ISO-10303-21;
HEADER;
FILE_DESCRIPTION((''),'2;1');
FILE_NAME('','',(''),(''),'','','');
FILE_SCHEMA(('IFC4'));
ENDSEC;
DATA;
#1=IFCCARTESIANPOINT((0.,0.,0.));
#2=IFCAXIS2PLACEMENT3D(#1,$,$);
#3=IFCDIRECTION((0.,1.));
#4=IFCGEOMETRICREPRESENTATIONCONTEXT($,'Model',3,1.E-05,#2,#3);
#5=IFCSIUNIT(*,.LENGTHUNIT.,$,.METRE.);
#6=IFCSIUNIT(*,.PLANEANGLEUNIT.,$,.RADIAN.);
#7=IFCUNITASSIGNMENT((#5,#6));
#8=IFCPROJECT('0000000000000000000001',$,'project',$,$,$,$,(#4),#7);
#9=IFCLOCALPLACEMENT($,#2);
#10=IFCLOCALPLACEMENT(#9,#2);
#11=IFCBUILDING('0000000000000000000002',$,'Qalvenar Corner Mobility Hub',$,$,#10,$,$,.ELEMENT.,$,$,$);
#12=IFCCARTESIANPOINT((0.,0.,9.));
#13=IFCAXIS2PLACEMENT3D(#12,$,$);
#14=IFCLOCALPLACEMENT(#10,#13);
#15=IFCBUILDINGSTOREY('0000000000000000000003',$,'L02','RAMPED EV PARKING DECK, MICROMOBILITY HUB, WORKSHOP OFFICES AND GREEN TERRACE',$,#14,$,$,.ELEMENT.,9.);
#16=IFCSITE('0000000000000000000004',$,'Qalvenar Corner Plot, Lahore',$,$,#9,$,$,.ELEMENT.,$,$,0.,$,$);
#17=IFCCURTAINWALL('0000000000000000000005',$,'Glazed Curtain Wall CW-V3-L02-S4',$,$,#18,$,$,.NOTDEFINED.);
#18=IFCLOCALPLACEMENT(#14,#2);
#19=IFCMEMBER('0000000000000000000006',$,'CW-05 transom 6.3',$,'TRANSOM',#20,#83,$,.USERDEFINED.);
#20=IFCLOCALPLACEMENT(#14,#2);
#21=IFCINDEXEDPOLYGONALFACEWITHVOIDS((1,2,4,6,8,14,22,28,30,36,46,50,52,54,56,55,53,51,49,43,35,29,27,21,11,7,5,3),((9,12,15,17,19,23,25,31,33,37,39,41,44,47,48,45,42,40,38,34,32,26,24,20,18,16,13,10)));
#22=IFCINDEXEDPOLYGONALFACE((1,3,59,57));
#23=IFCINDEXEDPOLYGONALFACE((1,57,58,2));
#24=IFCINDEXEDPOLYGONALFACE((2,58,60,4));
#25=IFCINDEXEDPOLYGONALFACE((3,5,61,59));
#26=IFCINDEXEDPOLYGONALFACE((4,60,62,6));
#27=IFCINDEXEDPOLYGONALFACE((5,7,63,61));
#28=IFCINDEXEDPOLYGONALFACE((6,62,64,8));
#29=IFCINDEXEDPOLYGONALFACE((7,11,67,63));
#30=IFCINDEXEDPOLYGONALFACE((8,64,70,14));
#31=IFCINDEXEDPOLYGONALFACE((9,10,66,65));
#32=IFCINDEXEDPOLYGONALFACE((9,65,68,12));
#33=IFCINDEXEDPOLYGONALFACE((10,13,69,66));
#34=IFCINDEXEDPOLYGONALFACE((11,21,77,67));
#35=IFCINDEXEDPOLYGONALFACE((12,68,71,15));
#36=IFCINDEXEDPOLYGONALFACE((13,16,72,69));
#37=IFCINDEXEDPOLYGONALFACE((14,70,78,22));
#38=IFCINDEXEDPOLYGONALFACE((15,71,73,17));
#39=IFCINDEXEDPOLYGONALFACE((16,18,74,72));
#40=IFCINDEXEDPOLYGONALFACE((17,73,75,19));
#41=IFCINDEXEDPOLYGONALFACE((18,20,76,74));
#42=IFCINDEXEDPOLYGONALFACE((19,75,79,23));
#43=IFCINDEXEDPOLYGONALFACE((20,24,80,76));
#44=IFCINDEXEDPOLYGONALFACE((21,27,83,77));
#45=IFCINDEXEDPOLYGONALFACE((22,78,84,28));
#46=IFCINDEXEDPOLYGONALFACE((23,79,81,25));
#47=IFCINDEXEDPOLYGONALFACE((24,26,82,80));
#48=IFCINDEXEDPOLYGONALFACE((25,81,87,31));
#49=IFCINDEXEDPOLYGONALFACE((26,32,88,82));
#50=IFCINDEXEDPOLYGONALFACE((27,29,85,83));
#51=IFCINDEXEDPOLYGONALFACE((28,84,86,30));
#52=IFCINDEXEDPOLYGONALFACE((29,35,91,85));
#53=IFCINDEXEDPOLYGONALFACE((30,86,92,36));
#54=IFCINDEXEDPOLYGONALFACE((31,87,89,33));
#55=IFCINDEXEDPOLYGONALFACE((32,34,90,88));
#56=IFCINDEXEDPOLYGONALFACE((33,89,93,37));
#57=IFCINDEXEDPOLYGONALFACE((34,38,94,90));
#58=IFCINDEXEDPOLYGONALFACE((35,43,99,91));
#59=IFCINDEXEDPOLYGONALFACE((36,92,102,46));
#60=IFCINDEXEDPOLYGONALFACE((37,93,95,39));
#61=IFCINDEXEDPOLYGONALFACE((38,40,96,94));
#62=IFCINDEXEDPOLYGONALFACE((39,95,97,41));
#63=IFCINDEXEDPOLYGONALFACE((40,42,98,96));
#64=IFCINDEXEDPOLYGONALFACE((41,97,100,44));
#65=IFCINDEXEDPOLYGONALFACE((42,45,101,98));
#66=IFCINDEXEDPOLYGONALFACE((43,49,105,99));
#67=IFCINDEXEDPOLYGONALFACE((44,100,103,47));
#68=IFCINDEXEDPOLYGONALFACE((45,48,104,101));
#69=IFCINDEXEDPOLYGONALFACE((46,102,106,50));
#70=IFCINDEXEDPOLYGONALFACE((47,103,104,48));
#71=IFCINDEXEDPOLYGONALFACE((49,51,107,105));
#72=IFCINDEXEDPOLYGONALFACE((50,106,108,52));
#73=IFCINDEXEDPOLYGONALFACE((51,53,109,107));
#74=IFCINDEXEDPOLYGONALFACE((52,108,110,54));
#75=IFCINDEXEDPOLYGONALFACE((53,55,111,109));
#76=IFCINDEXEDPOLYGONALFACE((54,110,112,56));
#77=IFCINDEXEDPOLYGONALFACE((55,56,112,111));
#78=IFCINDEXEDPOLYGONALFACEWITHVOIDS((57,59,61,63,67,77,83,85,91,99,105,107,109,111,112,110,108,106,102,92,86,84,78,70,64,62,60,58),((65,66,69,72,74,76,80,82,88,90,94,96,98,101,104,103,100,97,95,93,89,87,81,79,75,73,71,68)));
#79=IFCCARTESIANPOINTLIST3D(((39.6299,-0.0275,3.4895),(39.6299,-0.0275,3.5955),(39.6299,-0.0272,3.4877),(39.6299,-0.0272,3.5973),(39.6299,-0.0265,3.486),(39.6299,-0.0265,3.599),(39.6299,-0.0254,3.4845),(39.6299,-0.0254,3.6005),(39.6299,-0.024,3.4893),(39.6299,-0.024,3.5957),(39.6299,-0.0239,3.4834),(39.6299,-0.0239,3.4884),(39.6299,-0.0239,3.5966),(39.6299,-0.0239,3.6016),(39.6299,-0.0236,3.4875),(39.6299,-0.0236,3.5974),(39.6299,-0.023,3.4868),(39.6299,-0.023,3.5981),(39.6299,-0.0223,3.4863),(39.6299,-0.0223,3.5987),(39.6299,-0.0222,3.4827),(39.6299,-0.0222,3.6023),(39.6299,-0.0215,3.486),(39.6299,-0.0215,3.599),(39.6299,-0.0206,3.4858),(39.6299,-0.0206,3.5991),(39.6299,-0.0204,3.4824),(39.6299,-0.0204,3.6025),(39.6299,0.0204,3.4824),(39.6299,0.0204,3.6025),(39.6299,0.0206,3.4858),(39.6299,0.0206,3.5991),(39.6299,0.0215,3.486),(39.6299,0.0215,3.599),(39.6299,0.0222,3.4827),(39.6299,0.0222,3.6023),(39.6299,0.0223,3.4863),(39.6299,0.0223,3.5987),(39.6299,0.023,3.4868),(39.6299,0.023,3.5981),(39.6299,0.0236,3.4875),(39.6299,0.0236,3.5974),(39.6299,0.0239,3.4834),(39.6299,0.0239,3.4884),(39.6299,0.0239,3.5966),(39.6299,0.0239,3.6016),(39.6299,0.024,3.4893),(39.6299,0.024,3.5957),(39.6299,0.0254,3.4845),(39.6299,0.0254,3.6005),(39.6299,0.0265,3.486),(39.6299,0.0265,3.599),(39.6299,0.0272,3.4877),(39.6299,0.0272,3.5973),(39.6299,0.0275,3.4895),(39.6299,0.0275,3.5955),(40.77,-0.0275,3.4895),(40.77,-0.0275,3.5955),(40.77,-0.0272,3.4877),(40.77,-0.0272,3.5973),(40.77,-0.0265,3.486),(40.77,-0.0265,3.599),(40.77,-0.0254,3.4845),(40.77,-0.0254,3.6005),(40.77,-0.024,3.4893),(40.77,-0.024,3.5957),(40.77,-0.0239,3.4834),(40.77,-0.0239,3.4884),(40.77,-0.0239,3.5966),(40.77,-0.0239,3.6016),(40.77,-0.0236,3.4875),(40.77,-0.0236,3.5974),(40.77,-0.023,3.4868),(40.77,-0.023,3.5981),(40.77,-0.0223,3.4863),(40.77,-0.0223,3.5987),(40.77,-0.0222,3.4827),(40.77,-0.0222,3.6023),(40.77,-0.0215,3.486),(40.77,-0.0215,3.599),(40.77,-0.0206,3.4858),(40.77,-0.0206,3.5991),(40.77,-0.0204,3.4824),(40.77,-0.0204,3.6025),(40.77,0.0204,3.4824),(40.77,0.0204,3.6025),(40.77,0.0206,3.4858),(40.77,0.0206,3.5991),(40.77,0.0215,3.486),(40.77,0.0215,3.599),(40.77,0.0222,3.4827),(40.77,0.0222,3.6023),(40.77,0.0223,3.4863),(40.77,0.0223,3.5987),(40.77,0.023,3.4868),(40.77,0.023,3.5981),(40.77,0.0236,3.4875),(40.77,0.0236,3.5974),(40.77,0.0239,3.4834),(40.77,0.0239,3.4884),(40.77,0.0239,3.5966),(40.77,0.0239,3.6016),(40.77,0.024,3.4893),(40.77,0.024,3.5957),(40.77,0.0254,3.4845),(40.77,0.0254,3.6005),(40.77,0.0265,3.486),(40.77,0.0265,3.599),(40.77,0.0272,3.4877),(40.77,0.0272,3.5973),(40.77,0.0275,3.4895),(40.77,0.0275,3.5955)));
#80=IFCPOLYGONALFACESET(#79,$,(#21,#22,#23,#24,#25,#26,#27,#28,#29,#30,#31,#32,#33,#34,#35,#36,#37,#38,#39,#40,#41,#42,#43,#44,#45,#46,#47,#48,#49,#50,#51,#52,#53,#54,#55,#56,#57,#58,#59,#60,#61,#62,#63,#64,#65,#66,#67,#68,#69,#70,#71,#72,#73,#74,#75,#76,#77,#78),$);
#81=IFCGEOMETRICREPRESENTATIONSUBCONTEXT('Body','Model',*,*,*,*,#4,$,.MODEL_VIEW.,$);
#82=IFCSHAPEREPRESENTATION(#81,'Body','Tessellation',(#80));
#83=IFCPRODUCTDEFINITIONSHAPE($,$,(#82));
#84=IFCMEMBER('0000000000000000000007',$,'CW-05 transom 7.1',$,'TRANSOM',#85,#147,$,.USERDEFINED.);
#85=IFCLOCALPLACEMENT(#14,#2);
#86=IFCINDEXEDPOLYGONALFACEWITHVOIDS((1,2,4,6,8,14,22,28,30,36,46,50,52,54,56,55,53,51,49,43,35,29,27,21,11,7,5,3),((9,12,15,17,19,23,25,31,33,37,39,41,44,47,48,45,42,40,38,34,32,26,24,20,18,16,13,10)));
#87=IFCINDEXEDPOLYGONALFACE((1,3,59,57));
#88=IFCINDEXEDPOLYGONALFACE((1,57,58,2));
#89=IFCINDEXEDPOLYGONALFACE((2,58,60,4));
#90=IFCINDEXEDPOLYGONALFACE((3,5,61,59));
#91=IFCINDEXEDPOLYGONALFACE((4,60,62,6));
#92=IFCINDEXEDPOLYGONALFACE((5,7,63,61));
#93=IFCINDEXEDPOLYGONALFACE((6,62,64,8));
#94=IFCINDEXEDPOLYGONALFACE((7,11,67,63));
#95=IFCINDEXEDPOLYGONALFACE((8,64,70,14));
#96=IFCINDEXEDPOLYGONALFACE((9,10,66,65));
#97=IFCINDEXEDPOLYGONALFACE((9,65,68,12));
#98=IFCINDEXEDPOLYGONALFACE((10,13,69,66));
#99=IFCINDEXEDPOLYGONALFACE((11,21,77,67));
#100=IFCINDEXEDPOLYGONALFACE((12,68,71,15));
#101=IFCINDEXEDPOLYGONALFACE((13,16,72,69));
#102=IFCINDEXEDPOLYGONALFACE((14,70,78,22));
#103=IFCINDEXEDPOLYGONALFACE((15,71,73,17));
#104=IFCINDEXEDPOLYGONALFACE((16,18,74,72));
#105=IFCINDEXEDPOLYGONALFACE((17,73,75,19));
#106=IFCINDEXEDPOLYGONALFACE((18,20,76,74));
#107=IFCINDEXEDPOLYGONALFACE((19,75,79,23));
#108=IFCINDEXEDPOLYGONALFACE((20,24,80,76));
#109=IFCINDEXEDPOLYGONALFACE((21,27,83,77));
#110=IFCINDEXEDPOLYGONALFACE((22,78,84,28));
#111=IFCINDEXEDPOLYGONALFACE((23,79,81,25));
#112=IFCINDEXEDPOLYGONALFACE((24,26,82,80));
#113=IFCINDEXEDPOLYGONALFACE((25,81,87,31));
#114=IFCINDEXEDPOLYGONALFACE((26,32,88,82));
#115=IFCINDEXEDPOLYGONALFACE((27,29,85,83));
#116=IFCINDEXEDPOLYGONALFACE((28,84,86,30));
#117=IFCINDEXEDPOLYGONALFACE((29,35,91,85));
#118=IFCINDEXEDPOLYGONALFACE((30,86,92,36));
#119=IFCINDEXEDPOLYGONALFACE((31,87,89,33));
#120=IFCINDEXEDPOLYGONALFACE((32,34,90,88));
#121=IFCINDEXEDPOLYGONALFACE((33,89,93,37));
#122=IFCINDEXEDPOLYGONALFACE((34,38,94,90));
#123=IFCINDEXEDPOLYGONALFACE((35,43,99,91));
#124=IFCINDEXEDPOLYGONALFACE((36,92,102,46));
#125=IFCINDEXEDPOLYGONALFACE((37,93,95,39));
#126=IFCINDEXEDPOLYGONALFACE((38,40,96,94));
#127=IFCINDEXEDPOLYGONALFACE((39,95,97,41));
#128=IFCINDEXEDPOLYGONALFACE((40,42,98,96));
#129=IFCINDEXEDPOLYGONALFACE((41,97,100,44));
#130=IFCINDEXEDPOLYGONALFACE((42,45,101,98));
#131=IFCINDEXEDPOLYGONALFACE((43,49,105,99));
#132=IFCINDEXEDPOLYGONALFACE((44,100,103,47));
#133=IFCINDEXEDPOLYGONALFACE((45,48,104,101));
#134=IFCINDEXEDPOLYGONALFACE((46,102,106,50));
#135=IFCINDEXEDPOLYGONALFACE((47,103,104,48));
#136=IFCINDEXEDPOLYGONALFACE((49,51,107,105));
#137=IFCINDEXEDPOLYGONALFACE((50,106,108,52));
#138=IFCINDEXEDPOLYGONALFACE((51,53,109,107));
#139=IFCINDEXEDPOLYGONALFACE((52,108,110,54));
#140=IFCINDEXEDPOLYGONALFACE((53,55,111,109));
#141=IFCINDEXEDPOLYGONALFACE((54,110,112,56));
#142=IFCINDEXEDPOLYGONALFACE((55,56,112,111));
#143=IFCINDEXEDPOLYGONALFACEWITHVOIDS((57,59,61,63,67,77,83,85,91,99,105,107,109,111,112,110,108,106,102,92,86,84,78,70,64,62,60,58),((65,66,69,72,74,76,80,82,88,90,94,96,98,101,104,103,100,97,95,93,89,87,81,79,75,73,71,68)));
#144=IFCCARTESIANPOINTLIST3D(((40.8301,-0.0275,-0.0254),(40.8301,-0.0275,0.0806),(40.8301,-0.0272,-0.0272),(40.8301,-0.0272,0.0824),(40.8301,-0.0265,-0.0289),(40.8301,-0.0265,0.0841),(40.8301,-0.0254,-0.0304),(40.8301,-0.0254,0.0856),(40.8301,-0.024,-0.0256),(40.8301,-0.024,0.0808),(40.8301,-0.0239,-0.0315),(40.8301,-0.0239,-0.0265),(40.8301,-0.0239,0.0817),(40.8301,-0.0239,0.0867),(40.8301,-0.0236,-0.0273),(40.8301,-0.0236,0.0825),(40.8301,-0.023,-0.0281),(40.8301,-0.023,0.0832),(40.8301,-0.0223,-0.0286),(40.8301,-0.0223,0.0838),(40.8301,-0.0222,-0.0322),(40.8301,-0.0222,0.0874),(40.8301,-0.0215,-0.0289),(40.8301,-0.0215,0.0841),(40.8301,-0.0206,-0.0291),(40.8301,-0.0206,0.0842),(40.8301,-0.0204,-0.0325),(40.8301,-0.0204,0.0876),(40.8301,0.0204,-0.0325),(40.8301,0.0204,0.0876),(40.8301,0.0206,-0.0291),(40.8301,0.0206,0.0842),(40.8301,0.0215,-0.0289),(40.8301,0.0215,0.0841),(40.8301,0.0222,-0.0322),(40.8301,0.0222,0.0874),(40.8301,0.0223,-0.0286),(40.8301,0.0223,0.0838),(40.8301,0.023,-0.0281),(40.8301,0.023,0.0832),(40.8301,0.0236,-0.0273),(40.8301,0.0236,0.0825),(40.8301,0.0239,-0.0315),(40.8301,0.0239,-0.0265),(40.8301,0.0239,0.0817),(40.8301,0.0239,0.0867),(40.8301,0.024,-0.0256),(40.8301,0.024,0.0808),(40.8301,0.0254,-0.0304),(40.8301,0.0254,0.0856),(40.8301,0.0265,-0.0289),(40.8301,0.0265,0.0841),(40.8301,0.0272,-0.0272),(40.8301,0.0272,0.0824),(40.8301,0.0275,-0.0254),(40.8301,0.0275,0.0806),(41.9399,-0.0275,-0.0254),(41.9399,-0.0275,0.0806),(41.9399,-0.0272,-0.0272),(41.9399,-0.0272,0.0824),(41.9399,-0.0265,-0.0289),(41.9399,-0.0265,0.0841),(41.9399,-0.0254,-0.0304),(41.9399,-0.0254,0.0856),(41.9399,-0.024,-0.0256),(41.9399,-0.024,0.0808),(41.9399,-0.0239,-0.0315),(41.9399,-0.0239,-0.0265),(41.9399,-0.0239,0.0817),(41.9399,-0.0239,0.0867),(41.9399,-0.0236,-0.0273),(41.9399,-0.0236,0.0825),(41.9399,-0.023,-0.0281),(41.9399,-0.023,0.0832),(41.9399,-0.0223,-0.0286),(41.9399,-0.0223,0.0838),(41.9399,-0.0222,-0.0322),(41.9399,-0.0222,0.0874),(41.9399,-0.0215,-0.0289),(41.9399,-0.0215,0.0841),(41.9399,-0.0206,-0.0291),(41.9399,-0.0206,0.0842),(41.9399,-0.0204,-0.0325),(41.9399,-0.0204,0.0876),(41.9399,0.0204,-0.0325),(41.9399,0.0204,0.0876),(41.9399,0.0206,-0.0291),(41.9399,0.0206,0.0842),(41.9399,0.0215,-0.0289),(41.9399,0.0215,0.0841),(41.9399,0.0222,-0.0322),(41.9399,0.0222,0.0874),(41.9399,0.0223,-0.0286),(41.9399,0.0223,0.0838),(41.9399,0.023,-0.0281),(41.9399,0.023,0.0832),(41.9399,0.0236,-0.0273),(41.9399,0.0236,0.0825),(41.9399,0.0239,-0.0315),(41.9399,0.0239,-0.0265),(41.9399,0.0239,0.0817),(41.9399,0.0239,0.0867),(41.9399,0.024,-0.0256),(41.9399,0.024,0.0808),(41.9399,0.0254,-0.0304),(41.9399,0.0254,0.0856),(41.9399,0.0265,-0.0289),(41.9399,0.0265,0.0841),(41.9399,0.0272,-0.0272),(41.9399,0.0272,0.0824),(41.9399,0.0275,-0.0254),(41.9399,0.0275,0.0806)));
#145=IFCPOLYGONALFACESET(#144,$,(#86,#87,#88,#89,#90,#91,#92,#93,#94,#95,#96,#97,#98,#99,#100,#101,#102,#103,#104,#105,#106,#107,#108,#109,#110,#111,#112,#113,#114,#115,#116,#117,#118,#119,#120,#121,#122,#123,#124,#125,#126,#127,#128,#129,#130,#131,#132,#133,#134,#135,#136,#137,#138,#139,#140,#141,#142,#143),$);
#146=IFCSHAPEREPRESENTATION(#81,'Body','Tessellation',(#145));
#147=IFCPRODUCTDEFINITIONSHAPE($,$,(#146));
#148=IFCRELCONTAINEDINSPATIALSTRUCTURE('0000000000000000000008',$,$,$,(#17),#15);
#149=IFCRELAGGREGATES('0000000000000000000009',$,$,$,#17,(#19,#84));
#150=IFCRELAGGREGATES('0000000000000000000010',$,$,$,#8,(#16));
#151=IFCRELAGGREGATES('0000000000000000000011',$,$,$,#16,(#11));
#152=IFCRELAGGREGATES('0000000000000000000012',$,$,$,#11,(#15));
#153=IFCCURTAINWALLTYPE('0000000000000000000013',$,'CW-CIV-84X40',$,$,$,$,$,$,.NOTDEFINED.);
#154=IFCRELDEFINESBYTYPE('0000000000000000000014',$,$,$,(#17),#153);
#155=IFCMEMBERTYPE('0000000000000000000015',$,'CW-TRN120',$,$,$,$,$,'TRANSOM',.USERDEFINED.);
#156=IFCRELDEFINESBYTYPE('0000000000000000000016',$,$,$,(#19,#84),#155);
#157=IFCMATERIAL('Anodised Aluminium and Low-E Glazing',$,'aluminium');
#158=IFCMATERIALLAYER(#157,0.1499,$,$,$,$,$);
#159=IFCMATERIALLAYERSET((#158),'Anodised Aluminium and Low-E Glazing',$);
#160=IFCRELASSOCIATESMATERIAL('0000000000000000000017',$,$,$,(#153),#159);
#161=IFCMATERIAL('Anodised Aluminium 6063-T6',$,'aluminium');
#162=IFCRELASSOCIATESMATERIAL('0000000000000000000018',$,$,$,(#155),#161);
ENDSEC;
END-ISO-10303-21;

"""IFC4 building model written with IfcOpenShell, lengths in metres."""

from ifc_helpers import new_model, si_unit, direction, frame, origin, origin_2d, place, context, subcontext, project, spatial, hollow_rectangle, extrude, material, layer, layer_set, material_profile, profile_set, type_object, element, aggregate, save


model = new_model("IFC4")

# Units and contexts
model_context = context("Model", 3, precision=1e-05, world=origin(), true_north=direction((0.0, 1.0)))
body_context = subcontext(model_context, "Body", "Model", "MODEL_VIEW")
ifc_project = project(units=[si_unit("LENGTHUNIT", "METRE"), si_unit("PLANEANGLEUNIT", "RADIAN")], contexts=[model_context])

# Site, building, storey
site_placement = place(None, origin())
site = spatial("IfcSite", under=ifc_project, at=site_placement, Name="Qalvenar Corner Plot, Lahore", CompositionType="ELEMENT", RefElevation=0.0)
building_placement = place(site_placement, origin())
building = spatial("IfcBuilding", under=site, at=building_placement, Name="Qalvenar Corner Mobility Hub", CompositionType="ELEMENT")
storey_placement = place(building_placement, frame((0.0, 0.0, 9.0)))
storey = spatial("IfcBuildingStorey", under=building, at=storey_placement, Name="L02", Description="RAMPED EV PARKING DECK, MICROMOBILITY HUB, WORKSHOP OFFICES AND GREEN TERRACE", CompositionType="ELEMENT", Elevation=9.0)

# Curtain wall, members
ifc_material_1 = material(Name="Anodised Aluminium and Low-E Glazing", Category="aluminium")
ifc_layer_1 = layer(ifc_material_1, 0.1499)
ifc_layer_set_1 = layer_set([ifc_layer_1], Name="Anodised Aluminium and Low-E Glazing")
curtain_wall_type = type_object("IfcCurtainWallType", Name="CW-CIV-84X40", PredefinedType="NOTDEFINED", material=ifc_layer_set_1)
curtain_wall_placement = place(storey_placement, origin())
curtain_wall = element("IfcCurtainWall", 1, at=curtain_wall_placement, inside=storey, type_object=curtain_wall_type, Name="Glazed Curtain Wall CW-V3-L02-S4", PredefinedType="NOTDEFINED")
ifc_material_2 = material(Name="Anodised Aluminium 6063-T6", Category="aluminium")
ifc_material_profile_1 = material_profile(ifc_material_2, hollow_rectangle(XDim=0.0549, YDim=0.1201, WallThickness=0.0034, InnerFilletRadius=0.0034, OuterFilletRadius=0.0071, at=origin_2d()), Name="RHS120x55x3.5")
ifc_profile_set_1 = profile_set([ifc_material_profile_1], Name="Anodised Aluminium 6063-T6")
member_type_1 = type_object("IfcMemberType", Name="CW-TRN120", ElementType="TRANSOM", PredefinedType="USERDEFINED", material=ifc_profile_set_1)
member_1_placement = place(storey_placement, frame((39.6299, 0.0, 3.5425), z_axis=(1.0, 0.0, 0.0), x_axis=(0.0, 1.0, 0.0)))
member_1 = element("IfcMember", 2, at=member_1_placement, type_object=member_type_1, Name="CW-05 transom 6.3", ObjectType="TRANSOM", PredefinedType="USERDEFINED", context=body_context, shape_type="SweptSolid", body=[
    extrude(hollow_rectangle(XDim=0.0549, YDim=0.1201, WallThickness=0.0034, InnerFilletRadius=0.0034, OuterFilletRadius=0.0071, at=origin_2d()), origin(), (0.0, 0.0, 1.0), 1.1401),
])
member_2_placement = place(storey_placement, frame((40.8301, 0.0, 0.0276), z_axis=(1.0, 0.0, 0.0), x_axis=(0.0, 1.0, 0.0)))
member_2 = element("IfcMember", 3, at=member_2_placement, type_object=member_type_1, Name="CW-05 transom 7.1", ObjectType="TRANSOM", PredefinedType="USERDEFINED", context=body_context, shape_type="SweptSolid", body=[
    extrude(hollow_rectangle(XDim=0.0549, YDim=0.1201, WallThickness=0.0034, InnerFilletRadius=0.0034, OuterFilletRadius=0.0071, at=origin_2d()), origin(), (0.0, 0.0, 1.0), 1.1099),
])
aggregate(curtain_wall, [member_1, member_2])

save(model, "model.ifc")
